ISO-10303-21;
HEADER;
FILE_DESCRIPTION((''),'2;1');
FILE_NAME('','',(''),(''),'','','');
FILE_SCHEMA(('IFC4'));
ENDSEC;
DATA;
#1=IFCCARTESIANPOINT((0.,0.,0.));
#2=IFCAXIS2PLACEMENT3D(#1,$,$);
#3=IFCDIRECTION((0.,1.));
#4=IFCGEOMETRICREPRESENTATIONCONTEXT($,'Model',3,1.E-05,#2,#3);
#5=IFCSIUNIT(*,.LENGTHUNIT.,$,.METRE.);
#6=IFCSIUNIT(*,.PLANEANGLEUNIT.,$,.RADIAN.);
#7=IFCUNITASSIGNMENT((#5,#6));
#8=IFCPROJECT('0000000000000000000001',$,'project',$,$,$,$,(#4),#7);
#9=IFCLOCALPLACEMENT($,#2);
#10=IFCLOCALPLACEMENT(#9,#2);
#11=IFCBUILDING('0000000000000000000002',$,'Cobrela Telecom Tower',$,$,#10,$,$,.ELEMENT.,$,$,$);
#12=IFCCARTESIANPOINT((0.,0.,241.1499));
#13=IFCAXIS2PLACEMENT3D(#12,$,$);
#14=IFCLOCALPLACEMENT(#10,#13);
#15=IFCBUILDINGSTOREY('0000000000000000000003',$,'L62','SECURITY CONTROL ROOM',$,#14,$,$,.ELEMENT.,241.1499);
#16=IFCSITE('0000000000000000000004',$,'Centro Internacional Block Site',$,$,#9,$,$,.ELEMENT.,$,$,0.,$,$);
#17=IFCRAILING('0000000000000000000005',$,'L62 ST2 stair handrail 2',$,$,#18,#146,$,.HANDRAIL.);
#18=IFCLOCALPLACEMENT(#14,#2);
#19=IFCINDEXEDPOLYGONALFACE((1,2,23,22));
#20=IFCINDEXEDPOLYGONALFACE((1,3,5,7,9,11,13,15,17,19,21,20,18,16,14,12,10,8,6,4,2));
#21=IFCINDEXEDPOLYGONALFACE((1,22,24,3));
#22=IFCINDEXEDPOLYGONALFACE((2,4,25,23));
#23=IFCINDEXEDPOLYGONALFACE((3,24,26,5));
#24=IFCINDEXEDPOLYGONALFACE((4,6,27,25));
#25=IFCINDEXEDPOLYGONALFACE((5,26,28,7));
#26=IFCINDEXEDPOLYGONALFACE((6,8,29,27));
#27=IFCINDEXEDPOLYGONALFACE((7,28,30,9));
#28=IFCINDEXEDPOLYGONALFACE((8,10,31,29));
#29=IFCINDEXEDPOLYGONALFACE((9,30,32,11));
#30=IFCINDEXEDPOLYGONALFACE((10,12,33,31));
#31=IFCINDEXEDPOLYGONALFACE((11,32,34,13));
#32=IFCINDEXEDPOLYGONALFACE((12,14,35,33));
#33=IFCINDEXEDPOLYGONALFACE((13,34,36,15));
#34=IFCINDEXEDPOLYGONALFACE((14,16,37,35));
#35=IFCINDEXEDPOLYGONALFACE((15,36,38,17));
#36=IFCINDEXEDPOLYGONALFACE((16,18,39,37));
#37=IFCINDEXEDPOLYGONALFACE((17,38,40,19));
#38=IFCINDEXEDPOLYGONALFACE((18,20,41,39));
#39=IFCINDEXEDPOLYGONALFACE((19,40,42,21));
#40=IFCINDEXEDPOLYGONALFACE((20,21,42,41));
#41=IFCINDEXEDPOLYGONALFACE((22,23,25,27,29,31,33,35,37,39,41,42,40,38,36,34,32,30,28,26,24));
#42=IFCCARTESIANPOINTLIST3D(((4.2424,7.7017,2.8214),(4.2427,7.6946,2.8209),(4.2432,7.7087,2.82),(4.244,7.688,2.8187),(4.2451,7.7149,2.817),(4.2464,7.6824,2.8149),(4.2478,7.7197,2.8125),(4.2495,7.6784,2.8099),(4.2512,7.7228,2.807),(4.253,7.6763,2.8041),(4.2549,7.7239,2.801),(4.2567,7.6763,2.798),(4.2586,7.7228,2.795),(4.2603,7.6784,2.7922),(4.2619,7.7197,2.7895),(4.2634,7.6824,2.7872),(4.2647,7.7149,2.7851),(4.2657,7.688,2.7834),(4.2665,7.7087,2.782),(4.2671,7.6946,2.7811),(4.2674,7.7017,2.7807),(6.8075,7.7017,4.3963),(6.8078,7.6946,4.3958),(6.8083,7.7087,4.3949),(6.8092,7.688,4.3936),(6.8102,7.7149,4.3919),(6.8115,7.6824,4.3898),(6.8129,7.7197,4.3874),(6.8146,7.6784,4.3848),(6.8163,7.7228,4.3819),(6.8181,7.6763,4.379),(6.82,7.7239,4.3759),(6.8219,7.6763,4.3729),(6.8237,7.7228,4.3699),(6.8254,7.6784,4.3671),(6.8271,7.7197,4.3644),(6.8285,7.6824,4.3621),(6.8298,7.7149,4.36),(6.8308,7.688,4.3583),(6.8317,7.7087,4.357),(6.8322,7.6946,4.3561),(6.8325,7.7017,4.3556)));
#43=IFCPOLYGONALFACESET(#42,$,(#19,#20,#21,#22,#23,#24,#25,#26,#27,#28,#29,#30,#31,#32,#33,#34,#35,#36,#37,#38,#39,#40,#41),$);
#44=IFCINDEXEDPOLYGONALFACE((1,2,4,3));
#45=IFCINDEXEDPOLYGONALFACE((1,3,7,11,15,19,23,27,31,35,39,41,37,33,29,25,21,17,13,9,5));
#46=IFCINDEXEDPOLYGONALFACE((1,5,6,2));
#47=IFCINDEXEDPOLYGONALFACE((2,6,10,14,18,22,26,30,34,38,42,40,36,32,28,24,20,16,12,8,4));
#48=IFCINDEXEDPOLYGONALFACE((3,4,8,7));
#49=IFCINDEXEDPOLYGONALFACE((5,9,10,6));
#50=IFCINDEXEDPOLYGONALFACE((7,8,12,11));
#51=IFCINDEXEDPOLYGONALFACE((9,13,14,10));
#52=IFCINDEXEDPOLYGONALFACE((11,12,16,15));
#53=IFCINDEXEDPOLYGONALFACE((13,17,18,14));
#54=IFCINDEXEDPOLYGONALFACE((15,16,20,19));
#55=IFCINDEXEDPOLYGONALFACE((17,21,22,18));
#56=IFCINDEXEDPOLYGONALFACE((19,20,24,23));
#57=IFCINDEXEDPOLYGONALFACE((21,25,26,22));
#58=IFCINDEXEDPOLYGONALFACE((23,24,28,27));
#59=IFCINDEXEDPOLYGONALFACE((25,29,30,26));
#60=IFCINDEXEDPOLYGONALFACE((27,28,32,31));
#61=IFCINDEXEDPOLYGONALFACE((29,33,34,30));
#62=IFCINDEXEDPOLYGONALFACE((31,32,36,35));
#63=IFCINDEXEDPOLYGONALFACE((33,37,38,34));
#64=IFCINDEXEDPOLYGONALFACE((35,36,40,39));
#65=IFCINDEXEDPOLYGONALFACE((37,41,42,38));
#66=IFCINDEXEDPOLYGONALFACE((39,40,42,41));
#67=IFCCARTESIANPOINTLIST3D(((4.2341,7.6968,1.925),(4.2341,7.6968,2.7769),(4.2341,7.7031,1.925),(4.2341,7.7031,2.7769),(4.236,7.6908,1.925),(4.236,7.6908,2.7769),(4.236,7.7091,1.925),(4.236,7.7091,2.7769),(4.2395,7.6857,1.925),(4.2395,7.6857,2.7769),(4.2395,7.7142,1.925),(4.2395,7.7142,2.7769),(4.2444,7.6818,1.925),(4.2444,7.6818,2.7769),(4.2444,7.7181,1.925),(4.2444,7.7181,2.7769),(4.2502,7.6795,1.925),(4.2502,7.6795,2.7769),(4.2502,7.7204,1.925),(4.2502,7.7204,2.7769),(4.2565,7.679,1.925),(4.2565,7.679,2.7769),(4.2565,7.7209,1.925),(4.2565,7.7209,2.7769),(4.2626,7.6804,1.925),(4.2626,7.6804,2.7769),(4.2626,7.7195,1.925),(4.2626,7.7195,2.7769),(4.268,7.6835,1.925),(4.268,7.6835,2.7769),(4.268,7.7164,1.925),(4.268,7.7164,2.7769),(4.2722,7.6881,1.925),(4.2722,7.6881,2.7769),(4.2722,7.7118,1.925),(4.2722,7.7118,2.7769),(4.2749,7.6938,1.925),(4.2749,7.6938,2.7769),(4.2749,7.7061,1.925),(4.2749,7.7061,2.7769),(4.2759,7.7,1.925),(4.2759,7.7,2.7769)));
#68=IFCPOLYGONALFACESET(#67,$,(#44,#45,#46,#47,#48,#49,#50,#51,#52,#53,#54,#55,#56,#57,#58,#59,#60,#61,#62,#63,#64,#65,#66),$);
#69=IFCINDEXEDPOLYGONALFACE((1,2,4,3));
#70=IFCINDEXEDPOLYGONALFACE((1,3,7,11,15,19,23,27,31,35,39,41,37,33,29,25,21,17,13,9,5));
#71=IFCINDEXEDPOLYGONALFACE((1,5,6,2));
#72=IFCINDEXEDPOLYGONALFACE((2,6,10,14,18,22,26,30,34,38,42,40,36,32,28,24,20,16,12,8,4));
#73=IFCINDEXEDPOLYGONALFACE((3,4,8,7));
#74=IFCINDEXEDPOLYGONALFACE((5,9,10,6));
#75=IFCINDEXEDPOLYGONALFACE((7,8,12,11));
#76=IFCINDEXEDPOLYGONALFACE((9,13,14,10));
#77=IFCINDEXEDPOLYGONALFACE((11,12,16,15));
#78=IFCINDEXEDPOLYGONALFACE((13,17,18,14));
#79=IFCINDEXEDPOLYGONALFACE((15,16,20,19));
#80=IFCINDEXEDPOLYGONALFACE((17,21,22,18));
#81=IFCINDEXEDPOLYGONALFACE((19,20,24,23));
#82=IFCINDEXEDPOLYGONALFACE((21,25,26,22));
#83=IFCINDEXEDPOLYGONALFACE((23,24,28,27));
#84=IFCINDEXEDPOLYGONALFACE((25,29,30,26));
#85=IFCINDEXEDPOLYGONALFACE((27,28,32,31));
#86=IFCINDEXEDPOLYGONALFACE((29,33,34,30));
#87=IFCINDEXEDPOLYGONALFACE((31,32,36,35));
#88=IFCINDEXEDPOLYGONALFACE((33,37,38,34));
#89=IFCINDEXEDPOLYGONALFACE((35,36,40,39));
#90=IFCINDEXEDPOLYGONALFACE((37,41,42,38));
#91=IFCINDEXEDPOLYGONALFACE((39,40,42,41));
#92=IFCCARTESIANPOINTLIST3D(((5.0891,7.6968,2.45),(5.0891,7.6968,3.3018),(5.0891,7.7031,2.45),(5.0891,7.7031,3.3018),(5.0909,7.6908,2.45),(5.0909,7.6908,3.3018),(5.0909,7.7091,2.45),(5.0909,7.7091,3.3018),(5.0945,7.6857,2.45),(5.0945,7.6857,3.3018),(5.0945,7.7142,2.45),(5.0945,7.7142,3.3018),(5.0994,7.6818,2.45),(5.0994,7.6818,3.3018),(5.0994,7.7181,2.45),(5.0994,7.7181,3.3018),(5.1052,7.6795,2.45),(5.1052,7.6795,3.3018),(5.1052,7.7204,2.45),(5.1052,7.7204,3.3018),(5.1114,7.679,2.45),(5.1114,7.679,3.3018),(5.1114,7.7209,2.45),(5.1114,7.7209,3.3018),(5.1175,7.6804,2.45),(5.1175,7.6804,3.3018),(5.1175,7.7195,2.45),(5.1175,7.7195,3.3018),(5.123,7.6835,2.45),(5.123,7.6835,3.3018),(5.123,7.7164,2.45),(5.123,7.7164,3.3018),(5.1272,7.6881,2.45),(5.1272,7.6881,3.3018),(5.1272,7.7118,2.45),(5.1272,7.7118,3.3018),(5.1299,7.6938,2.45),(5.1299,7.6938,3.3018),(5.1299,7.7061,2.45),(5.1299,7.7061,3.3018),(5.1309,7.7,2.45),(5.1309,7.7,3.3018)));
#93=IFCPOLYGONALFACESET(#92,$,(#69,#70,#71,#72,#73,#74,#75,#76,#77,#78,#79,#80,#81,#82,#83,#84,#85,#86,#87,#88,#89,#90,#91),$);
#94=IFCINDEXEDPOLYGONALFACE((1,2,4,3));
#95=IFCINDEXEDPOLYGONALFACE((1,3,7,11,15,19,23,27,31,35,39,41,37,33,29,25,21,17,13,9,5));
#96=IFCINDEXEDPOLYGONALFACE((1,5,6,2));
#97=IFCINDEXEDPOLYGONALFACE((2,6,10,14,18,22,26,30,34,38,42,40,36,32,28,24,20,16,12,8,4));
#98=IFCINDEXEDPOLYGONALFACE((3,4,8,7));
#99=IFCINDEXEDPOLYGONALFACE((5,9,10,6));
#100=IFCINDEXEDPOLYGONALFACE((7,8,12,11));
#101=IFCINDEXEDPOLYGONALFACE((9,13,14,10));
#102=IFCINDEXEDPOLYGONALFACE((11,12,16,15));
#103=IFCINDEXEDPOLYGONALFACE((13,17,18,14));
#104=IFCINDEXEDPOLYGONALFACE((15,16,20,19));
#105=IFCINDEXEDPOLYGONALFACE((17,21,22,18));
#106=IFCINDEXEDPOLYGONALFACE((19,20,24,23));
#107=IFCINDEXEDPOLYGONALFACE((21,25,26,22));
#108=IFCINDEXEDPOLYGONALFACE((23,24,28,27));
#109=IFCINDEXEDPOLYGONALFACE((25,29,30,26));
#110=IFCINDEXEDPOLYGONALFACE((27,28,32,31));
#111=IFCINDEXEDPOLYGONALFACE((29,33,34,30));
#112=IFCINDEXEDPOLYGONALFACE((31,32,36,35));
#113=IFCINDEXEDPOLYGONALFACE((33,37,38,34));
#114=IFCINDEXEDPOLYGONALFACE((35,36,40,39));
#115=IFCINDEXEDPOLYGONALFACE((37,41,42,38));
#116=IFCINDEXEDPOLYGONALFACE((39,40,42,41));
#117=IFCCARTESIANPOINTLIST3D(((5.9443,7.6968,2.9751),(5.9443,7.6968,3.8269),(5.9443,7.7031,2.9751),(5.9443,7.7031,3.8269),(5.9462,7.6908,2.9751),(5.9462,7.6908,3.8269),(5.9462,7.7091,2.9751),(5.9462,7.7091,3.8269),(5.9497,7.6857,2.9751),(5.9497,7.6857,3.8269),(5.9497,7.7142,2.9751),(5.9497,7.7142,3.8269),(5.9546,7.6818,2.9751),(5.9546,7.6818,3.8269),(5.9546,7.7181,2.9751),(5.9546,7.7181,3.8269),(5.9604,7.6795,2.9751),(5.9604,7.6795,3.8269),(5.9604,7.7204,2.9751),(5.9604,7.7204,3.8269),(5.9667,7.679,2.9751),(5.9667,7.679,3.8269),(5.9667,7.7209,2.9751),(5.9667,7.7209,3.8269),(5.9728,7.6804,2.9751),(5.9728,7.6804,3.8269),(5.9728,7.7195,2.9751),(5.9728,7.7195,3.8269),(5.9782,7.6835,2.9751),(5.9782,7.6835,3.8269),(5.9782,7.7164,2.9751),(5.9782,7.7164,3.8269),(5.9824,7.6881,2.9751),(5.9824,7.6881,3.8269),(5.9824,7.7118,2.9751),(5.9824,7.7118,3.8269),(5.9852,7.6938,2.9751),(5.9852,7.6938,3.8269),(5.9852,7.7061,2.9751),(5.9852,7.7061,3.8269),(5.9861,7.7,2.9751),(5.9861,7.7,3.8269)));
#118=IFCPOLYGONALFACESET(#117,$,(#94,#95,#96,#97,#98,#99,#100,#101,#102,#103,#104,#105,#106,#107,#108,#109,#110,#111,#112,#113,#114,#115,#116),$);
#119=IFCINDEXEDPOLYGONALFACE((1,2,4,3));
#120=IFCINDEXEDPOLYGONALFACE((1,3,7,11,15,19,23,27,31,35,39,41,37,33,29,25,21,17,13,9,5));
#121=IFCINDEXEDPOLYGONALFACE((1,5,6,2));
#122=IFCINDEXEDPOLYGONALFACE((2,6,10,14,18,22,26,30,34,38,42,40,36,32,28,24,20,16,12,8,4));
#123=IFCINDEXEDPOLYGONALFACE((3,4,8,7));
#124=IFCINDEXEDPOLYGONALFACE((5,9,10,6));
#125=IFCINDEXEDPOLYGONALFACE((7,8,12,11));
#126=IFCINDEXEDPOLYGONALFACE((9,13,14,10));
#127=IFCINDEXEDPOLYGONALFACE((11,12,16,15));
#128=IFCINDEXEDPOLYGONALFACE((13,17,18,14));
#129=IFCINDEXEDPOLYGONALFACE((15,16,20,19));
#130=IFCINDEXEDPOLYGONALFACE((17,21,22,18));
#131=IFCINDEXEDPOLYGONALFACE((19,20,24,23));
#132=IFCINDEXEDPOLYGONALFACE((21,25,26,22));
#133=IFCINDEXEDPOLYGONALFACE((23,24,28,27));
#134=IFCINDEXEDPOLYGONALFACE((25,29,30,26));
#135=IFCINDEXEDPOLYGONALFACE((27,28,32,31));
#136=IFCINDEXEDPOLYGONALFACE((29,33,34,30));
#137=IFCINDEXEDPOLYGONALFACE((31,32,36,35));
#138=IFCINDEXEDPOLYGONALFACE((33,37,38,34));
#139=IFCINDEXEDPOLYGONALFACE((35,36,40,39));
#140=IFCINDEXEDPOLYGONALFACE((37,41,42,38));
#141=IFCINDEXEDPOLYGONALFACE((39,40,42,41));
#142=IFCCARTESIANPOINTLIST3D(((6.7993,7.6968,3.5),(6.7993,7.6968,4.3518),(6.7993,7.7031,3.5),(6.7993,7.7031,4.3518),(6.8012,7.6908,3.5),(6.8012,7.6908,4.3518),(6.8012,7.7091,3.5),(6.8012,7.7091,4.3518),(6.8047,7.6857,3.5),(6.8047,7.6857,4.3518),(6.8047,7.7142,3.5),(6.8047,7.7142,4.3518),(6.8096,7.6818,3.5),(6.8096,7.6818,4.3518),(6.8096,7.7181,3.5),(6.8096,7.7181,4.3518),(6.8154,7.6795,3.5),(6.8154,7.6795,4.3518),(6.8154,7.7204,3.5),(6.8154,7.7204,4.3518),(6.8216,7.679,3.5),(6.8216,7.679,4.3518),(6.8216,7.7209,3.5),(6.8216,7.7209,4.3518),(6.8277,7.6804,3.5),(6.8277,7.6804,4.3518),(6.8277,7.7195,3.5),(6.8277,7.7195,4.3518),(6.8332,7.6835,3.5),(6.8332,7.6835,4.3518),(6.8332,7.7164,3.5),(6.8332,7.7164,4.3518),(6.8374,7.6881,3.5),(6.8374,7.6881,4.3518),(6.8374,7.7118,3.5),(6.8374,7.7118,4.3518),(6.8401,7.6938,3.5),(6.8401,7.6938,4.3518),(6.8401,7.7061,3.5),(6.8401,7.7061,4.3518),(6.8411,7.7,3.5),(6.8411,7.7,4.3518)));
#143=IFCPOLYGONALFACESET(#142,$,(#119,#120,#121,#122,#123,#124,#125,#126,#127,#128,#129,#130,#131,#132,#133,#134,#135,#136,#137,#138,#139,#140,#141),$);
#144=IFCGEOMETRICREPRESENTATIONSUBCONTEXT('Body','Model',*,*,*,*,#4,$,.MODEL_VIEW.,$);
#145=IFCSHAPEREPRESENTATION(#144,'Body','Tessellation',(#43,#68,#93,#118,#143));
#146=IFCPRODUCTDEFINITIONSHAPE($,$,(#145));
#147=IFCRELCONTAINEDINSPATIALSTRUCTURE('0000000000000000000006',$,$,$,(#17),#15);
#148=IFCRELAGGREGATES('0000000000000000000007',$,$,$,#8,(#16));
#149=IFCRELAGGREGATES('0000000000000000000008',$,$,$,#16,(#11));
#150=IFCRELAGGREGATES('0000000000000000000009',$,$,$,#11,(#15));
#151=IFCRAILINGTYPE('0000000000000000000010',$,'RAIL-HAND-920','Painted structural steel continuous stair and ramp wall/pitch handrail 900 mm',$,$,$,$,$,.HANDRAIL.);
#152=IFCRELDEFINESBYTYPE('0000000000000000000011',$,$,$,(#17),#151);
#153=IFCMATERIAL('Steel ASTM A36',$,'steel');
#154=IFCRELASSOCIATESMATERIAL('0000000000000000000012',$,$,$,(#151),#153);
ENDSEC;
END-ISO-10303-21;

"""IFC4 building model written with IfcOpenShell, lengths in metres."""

from ifc_helpers import new_model, si_unit, direction, frame, origin, origin_2d, place, context, subcontext, project, spatial, circle, extrude, material, type_object, element, save


model = new_model("IFC4")

# Units and contexts
model_context = context("Model", 3, precision=1e-05, world=origin(), true_north=direction((0.0, 1.0)))
body_context = subcontext(model_context, "Body", "Model", "MODEL_VIEW")
ifc_project = project(units=[si_unit("LENGTHUNIT", "METRE"), si_unit("PLANEANGLEUNIT", "RADIAN")], contexts=[model_context])

# Site, building, storey
site_placement = place(None, origin())
site = spatial("IfcSite", under=ifc_project, at=site_placement, Name="Centro Internacional Block Site", CompositionType="ELEMENT", RefElevation=0.0)
building_placement = place(site_placement, origin())
building = spatial("IfcBuilding", under=site, at=building_placement, Name="Cobrela Telecom Tower", CompositionType="ELEMENT")
storey_placement = place(building_placement, frame((0.0, 0.0, 241.1499)))
storey = spatial("IfcBuildingStorey", under=building, at=storey_placement, Name="L62", Description="SECURITY CONTROL ROOM", CompositionType="ELEMENT", Elevation=241.1499)

# Shared definitions
ifc_material_1 = material(Name="Steel ASTM A36", Category="steel")

# Railing
railing_type_1 = type_object("IfcRailingType", Name="RAIL-HAND-920", Description="Painted structural steel continuous stair and ramp wall/pitch handrail 900 mm", PredefinedType="HANDRAIL", material=ifc_material_1)
railing_1_placement = place(storey_placement, frame((4.2549, 7.7, 1.925)))
element("IfcRailing", 1, at=railing_1_placement, inside=storey, type_object=railing_type_1, Name="L62 ST2 stair handrail 2", PredefinedType="HANDRAIL", context=body_context, shape_type="SweptSolid", body=[
    extrude(circle(Radius=0.0239, at=origin_2d()), frame((0.0, 0.0, 0.876), z_axis=(0.852195, 0.0, 0.523224), x_axis=(0.0, 1.0, 0.0)), (0.0, 0.0, 1.0), 3.01),
    extrude(circle(Radius=0.021, at=origin_2d()), origin(), (0.0, 0.0, 1.0), 0.8518),
    extrude(circle(Radius=0.021, at=origin_2d()), frame((0.855, 0.0, 0.5249)), (0.0, 0.0, 1.0), 0.8518),
    extrude(circle(Radius=0.021, at=origin_2d()), frame((1.7102, 0.0, 1.05)), (0.0, 0.0, 1.0), 0.8518),
    extrude(circle(Radius=0.021, at=origin_2d()), frame((2.5652, 0.0, 1.575)), (0.0, 0.0, 1.0), 0.8518),
])

save(model, "model.ifc")
